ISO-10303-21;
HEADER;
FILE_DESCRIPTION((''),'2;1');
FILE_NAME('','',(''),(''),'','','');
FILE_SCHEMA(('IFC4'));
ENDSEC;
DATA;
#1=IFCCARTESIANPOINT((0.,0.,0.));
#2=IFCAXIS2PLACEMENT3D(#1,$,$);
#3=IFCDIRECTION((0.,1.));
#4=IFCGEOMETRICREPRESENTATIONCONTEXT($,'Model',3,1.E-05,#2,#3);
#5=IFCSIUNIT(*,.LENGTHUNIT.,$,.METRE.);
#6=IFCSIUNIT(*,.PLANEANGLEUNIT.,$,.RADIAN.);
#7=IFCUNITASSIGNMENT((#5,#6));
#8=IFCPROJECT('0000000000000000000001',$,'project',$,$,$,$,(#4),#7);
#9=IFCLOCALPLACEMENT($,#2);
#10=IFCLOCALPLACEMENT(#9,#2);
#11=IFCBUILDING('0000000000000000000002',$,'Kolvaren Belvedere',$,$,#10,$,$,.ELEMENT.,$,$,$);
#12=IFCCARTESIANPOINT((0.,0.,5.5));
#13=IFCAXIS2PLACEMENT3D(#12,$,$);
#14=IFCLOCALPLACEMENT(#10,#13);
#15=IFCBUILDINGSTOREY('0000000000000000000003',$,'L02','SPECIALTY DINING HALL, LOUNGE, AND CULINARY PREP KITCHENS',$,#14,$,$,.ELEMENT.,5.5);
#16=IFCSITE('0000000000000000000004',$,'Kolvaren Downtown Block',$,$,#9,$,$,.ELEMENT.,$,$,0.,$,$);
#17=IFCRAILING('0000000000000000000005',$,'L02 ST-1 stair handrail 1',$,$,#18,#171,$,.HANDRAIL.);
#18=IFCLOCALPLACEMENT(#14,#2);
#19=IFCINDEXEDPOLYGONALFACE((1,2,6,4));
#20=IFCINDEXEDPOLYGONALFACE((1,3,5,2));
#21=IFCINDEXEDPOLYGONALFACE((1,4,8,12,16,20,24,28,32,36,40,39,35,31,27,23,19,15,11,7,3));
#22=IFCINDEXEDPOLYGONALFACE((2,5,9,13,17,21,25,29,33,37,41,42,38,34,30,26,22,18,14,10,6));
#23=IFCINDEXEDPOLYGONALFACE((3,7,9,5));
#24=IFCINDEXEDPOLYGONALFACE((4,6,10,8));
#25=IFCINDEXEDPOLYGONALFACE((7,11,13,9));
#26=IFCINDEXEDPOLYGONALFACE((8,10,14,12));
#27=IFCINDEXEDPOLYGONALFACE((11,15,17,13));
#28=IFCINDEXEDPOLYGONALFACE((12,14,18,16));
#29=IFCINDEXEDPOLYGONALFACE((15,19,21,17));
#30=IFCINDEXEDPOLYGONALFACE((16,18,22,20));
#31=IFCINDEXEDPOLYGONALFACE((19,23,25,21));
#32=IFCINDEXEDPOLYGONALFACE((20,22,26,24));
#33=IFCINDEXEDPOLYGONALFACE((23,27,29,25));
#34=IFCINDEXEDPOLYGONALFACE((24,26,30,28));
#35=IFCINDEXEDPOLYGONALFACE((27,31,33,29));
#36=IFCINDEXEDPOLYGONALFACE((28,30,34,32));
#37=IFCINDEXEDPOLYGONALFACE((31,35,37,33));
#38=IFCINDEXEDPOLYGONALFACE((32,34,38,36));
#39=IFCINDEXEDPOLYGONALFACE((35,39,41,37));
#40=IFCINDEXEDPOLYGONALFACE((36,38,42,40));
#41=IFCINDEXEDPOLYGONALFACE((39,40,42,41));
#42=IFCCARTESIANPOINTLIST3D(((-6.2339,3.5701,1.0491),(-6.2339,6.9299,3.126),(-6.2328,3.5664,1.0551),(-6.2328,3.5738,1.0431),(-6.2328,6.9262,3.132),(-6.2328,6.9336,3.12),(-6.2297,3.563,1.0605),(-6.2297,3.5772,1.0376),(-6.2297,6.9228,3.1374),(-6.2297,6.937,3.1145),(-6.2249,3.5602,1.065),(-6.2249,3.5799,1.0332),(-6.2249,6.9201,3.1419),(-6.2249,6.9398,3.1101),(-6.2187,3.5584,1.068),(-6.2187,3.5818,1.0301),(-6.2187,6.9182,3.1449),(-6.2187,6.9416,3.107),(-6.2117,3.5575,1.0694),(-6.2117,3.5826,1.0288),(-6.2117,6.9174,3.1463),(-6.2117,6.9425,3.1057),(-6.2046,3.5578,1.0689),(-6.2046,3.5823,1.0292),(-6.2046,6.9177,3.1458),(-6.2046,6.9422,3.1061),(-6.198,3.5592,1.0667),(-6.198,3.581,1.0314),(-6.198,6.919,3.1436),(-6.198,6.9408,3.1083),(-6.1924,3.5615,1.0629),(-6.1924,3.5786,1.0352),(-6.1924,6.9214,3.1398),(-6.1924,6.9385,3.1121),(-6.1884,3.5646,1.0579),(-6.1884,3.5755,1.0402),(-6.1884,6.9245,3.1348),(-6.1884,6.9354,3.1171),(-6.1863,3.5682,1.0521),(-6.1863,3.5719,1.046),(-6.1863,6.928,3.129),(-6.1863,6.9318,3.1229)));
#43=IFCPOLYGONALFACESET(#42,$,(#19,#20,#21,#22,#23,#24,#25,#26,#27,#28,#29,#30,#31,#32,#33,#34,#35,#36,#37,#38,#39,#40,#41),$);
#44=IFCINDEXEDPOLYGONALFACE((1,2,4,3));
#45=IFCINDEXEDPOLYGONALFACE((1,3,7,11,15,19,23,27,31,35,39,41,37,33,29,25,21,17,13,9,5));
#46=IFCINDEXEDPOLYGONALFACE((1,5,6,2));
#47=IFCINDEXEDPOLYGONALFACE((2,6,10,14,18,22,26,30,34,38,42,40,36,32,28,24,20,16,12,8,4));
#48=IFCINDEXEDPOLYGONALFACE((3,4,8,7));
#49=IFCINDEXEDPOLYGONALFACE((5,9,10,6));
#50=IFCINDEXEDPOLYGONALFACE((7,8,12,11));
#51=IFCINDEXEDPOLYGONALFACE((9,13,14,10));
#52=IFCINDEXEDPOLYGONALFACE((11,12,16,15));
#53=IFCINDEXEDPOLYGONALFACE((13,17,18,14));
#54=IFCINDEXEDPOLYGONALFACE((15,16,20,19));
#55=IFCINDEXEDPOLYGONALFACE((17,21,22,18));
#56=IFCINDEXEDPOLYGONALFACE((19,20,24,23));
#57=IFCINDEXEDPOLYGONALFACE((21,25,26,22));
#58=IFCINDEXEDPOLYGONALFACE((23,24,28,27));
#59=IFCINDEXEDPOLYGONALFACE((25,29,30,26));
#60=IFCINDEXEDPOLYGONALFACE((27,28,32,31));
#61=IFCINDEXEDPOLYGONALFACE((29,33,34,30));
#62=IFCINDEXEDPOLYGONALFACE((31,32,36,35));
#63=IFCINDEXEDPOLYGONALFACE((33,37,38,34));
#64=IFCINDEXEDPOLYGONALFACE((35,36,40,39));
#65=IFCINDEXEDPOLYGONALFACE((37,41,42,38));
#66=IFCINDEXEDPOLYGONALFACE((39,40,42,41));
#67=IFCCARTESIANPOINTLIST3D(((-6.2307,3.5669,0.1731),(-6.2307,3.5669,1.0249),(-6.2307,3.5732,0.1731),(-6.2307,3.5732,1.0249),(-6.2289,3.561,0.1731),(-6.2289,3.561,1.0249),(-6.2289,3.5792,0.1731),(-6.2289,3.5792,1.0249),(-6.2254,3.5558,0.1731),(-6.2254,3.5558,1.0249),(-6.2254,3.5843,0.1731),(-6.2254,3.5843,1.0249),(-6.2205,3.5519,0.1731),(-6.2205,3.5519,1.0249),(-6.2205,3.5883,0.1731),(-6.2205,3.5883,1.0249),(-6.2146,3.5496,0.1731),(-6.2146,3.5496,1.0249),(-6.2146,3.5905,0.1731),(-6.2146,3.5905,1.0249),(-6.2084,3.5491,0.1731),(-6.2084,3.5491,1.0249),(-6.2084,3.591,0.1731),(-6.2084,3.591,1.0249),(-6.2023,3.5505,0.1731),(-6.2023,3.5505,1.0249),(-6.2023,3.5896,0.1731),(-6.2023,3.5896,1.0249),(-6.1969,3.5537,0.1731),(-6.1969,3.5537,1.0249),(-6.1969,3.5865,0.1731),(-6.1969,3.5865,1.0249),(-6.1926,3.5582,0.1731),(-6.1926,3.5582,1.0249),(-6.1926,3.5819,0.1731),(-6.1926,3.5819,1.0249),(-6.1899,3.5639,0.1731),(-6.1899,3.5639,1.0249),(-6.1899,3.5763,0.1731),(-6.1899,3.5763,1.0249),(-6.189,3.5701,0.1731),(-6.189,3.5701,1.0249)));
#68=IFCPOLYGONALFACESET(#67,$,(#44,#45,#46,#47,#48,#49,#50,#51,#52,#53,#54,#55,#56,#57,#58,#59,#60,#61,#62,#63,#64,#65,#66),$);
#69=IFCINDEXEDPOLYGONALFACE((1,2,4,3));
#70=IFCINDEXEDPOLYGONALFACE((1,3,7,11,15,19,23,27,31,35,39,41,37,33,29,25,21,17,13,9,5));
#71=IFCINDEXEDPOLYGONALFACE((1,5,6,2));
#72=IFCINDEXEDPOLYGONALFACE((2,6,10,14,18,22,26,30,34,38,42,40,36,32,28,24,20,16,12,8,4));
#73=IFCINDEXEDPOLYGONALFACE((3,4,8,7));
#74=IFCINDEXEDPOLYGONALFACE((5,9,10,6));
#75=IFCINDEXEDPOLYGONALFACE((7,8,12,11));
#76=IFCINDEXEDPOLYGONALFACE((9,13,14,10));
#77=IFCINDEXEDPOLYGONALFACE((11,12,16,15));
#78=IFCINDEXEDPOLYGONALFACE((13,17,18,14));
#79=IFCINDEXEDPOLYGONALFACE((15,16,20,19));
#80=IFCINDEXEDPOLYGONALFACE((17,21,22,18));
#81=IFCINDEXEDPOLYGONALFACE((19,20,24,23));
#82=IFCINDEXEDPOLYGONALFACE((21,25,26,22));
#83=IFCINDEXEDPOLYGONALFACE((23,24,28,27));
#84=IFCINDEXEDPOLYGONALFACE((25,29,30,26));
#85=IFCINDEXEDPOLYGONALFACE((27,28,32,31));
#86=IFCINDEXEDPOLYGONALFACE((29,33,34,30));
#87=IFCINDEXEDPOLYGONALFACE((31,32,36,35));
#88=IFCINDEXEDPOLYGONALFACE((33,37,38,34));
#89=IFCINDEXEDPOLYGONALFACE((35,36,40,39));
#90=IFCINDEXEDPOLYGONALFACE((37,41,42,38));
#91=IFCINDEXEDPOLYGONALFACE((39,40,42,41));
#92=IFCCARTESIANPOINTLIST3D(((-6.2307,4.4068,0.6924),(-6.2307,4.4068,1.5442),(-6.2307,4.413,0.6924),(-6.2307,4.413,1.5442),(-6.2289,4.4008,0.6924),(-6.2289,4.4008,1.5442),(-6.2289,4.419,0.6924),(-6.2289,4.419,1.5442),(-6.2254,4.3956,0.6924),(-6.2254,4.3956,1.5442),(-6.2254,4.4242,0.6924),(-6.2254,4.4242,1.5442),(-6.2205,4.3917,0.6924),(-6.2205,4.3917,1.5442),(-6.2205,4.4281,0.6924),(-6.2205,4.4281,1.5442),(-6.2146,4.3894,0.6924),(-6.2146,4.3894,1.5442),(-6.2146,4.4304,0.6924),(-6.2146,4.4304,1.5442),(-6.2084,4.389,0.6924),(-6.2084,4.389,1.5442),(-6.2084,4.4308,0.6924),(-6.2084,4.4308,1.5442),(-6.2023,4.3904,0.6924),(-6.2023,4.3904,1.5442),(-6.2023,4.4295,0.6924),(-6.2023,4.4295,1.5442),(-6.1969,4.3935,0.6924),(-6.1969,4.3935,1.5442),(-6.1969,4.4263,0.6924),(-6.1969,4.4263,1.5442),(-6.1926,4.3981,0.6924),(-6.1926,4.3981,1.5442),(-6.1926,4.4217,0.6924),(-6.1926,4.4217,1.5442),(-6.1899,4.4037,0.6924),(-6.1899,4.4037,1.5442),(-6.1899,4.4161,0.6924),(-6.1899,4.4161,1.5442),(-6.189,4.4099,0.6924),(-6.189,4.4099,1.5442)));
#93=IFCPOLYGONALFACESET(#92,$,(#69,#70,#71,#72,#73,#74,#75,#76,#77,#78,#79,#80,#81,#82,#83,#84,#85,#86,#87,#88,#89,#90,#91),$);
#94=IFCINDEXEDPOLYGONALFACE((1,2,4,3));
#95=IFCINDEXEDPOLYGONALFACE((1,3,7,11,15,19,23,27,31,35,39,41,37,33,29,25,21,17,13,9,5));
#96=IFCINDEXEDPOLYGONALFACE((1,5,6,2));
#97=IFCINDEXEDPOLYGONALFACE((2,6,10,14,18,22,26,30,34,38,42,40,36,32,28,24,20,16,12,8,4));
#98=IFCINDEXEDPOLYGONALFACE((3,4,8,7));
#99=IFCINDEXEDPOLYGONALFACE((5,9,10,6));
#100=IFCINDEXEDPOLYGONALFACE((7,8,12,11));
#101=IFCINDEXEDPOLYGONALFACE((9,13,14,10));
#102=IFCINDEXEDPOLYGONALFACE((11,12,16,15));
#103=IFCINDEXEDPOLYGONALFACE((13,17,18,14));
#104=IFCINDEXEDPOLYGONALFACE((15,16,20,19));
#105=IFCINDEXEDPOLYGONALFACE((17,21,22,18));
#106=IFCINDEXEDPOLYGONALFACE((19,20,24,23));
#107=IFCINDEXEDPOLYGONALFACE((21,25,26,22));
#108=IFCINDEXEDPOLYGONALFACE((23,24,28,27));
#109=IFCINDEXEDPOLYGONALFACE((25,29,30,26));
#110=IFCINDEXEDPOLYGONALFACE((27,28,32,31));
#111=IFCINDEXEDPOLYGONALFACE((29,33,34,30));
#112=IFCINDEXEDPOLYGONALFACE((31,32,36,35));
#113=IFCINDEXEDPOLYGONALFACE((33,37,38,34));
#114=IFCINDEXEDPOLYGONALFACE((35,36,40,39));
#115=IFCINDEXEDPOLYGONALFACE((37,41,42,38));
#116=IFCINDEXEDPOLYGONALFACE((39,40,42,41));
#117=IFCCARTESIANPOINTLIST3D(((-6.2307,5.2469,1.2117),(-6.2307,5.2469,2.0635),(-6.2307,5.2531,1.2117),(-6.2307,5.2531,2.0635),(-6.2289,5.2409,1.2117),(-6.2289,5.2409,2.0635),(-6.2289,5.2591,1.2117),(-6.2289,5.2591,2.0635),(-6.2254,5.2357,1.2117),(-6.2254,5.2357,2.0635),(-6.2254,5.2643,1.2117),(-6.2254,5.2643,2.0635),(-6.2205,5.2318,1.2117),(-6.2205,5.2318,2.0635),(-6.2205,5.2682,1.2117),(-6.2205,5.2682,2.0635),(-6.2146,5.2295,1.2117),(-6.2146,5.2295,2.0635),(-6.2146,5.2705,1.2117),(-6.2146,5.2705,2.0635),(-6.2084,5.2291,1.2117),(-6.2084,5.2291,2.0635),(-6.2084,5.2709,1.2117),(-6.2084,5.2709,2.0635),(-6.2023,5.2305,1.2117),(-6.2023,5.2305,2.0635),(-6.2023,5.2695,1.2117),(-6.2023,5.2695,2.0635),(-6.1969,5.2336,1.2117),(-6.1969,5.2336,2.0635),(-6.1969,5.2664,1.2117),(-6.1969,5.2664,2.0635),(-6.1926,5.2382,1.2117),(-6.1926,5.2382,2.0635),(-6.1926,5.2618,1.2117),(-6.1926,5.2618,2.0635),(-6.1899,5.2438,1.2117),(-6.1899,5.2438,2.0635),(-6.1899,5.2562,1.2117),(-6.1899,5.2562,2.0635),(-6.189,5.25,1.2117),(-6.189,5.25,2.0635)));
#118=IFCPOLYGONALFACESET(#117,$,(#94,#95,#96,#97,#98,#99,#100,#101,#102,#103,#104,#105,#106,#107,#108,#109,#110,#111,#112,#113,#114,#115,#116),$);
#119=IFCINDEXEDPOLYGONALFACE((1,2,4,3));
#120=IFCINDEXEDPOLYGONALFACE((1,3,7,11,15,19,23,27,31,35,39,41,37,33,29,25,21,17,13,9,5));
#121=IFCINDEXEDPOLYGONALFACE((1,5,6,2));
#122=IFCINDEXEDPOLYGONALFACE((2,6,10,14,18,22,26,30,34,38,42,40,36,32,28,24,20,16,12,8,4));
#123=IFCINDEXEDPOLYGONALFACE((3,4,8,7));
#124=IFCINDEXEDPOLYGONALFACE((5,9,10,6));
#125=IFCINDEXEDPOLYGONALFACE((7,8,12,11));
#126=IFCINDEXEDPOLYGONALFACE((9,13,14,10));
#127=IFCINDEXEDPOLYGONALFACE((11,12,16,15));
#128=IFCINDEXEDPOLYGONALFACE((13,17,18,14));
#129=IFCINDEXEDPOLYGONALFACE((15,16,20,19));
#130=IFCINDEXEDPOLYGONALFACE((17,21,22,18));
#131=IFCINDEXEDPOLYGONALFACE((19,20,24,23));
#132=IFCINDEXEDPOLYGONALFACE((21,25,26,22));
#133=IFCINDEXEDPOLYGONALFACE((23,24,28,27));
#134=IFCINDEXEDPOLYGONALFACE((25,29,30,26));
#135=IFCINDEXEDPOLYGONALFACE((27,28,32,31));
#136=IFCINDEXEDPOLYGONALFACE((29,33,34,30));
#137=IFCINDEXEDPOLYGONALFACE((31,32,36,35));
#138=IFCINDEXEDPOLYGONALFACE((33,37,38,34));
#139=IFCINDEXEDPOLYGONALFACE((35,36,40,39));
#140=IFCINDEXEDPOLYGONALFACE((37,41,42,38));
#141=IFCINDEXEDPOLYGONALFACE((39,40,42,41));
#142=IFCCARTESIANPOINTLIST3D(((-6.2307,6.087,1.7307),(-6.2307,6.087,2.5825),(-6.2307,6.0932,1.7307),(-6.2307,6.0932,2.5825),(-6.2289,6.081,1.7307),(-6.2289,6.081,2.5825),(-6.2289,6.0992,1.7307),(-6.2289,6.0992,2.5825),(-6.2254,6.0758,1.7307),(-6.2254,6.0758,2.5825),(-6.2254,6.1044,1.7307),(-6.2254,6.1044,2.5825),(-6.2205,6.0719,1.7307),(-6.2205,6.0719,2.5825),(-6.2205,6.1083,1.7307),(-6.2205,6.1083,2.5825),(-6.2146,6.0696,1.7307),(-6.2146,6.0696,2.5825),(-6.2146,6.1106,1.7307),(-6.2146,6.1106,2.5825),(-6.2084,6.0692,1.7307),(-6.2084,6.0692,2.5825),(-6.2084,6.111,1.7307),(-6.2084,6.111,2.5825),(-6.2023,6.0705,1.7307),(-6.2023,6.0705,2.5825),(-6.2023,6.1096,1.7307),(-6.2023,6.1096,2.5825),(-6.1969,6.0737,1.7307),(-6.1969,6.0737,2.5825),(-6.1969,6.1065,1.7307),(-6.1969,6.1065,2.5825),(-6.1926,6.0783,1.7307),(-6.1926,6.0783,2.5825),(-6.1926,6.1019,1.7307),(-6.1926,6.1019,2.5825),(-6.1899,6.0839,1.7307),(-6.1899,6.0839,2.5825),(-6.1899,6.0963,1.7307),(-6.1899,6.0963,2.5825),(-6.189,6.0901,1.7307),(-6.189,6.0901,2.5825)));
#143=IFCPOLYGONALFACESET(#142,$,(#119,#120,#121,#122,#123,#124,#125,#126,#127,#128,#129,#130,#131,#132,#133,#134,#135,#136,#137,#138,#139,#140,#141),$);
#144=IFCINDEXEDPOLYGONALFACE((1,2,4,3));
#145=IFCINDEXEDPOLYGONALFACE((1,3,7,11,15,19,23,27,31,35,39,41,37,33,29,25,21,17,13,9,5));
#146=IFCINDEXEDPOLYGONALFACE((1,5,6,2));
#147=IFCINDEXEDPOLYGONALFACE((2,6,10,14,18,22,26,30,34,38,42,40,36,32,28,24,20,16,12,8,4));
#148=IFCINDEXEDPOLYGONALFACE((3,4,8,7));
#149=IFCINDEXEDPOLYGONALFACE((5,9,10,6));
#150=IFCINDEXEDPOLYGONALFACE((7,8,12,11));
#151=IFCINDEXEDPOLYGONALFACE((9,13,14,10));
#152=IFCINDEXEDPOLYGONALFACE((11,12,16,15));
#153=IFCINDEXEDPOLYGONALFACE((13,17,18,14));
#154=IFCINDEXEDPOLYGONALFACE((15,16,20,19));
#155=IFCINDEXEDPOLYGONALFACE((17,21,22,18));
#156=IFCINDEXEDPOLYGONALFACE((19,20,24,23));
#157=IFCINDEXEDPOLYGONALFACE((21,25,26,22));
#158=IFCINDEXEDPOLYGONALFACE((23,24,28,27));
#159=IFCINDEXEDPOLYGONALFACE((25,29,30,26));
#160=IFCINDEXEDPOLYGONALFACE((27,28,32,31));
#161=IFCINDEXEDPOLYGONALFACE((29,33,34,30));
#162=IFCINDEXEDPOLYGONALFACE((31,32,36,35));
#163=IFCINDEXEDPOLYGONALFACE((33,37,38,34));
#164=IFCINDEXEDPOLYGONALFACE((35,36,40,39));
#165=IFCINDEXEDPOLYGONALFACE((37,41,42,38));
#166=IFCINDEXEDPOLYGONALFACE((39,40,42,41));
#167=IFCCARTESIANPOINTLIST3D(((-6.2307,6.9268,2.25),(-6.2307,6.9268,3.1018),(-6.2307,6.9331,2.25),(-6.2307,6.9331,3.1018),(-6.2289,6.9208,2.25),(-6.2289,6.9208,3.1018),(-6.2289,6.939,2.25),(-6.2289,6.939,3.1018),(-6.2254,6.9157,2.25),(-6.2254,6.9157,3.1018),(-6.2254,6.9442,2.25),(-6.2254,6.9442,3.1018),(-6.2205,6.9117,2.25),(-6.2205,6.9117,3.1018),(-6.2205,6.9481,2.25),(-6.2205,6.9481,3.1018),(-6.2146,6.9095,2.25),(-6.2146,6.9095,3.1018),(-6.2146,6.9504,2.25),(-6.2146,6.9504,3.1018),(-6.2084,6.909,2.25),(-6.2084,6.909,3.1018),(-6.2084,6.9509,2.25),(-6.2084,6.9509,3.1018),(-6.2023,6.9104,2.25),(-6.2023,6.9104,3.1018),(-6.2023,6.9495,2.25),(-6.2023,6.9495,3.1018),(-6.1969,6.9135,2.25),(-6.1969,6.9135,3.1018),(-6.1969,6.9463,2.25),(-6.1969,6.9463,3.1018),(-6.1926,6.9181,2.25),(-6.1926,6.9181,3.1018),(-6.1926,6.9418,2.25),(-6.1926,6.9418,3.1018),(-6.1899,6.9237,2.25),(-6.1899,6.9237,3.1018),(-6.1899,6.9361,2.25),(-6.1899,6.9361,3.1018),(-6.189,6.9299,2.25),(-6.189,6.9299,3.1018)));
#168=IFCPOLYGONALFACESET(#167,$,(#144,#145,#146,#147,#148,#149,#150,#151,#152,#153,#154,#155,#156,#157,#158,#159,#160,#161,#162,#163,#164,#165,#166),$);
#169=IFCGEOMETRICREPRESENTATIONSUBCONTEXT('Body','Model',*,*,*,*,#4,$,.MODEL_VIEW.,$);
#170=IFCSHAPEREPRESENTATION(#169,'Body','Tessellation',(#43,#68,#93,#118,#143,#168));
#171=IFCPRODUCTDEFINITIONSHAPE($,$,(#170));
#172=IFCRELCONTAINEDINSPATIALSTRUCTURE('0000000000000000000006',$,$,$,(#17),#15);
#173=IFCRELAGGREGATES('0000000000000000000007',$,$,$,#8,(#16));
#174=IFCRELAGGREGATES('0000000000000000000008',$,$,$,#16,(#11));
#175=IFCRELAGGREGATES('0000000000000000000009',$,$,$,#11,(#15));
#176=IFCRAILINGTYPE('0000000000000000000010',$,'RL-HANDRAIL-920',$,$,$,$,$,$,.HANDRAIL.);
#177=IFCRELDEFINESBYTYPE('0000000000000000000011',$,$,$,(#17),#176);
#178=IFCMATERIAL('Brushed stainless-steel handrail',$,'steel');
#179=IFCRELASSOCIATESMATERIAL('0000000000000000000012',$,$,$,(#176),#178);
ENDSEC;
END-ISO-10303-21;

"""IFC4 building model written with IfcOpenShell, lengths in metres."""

from ifc_helpers import new_model, si_unit, direction, frame, origin, origin_2d, place, context, subcontext, project, spatial, circle, extrude, material, type_object, element, save


model = new_model("IFC4")

# Units and contexts
model_context = context("Model", 3, precision=1e-05, world=origin(), true_north=direction((0.0, 1.0)))
body_context = subcontext(model_context, "Body", "Model", "MODEL_VIEW")
ifc_project = project(units=[si_unit("LENGTHUNIT", "METRE"), si_unit("PLANEANGLEUNIT", "RADIAN")], contexts=[model_context])

# Site, building, storey
site_placement = place(None, origin())
site = spatial("IfcSite", under=ifc_project, at=site_placement, Name="Kolvaren Downtown Block", CompositionType="ELEMENT", RefElevation=0.0)
building_placement = place(site_placement, origin())
building = spatial("IfcBuilding", under=site, at=building_placement, Name="Kolvaren Belvedere", CompositionType="ELEMENT")
storey_placement = place(building_placement, frame((0.0, 0.0, 5.5)))
storey = spatial("IfcBuildingStorey", under=building, at=storey_placement, Name="L02", Description="SPECIALTY DINING HALL, LOUNGE, AND CULINARY PREP KITCHENS", CompositionType="ELEMENT", Elevation=5.5)

# Railing
ifc_material_1 = material(Name="Brushed stainless-steel handrail", Category="steel")
railing_type_1 = type_object("IfcRailingType", Name="RL-HANDRAIL-920", PredefinedType="HANDRAIL", material=ifc_material_1)
railing_1_placement = place(storey_placement, frame((-6.21, 3.5701, 0.1731)))
element("IfcRailing", 1, at=railing_1_placement, inside=storey, type_object=railing_type_1, Name="L02 ST-1 stair handrail 1", PredefinedType="HANDRAIL", context=body_context, shape_type="SweptSolid", body=[
    extrude(circle(Radius=0.0239, at=origin_2d()), frame((0.0, 0.0, 0.876), z_axis=(0.0, 0.850606, 0.525803), x_axis=(-1.0, 0.0, 0.0)), (0.0, 0.0, 1.0), 3.95),
    extrude(circle(Radius=0.021, at=origin_2d()), origin(), (0.0, 0.0, 1.0), 0.8518),
    extrude(circle(Radius=0.021, at=origin_2d()), frame((0.0, 0.8398, 0.5193)), (0.0, 0.0, 1.0), 0.8518),
    extrude(circle(Radius=0.021, at=origin_2d()), frame((0.0, 1.6799, 1.0386)), (0.0, 0.0, 1.0), 0.8518),
    extrude(circle(Radius=0.021, at=origin_2d()), frame((0.0, 2.52, 1.5576)), (0.0, 0.0, 1.0), 0.8518),
    extrude(circle(Radius=0.021, at=origin_2d()), frame((0.0, 3.3599, 2.0769)), (0.0, 0.0, 1.0), 0.8518),
])

save(model, "model.ifc")
